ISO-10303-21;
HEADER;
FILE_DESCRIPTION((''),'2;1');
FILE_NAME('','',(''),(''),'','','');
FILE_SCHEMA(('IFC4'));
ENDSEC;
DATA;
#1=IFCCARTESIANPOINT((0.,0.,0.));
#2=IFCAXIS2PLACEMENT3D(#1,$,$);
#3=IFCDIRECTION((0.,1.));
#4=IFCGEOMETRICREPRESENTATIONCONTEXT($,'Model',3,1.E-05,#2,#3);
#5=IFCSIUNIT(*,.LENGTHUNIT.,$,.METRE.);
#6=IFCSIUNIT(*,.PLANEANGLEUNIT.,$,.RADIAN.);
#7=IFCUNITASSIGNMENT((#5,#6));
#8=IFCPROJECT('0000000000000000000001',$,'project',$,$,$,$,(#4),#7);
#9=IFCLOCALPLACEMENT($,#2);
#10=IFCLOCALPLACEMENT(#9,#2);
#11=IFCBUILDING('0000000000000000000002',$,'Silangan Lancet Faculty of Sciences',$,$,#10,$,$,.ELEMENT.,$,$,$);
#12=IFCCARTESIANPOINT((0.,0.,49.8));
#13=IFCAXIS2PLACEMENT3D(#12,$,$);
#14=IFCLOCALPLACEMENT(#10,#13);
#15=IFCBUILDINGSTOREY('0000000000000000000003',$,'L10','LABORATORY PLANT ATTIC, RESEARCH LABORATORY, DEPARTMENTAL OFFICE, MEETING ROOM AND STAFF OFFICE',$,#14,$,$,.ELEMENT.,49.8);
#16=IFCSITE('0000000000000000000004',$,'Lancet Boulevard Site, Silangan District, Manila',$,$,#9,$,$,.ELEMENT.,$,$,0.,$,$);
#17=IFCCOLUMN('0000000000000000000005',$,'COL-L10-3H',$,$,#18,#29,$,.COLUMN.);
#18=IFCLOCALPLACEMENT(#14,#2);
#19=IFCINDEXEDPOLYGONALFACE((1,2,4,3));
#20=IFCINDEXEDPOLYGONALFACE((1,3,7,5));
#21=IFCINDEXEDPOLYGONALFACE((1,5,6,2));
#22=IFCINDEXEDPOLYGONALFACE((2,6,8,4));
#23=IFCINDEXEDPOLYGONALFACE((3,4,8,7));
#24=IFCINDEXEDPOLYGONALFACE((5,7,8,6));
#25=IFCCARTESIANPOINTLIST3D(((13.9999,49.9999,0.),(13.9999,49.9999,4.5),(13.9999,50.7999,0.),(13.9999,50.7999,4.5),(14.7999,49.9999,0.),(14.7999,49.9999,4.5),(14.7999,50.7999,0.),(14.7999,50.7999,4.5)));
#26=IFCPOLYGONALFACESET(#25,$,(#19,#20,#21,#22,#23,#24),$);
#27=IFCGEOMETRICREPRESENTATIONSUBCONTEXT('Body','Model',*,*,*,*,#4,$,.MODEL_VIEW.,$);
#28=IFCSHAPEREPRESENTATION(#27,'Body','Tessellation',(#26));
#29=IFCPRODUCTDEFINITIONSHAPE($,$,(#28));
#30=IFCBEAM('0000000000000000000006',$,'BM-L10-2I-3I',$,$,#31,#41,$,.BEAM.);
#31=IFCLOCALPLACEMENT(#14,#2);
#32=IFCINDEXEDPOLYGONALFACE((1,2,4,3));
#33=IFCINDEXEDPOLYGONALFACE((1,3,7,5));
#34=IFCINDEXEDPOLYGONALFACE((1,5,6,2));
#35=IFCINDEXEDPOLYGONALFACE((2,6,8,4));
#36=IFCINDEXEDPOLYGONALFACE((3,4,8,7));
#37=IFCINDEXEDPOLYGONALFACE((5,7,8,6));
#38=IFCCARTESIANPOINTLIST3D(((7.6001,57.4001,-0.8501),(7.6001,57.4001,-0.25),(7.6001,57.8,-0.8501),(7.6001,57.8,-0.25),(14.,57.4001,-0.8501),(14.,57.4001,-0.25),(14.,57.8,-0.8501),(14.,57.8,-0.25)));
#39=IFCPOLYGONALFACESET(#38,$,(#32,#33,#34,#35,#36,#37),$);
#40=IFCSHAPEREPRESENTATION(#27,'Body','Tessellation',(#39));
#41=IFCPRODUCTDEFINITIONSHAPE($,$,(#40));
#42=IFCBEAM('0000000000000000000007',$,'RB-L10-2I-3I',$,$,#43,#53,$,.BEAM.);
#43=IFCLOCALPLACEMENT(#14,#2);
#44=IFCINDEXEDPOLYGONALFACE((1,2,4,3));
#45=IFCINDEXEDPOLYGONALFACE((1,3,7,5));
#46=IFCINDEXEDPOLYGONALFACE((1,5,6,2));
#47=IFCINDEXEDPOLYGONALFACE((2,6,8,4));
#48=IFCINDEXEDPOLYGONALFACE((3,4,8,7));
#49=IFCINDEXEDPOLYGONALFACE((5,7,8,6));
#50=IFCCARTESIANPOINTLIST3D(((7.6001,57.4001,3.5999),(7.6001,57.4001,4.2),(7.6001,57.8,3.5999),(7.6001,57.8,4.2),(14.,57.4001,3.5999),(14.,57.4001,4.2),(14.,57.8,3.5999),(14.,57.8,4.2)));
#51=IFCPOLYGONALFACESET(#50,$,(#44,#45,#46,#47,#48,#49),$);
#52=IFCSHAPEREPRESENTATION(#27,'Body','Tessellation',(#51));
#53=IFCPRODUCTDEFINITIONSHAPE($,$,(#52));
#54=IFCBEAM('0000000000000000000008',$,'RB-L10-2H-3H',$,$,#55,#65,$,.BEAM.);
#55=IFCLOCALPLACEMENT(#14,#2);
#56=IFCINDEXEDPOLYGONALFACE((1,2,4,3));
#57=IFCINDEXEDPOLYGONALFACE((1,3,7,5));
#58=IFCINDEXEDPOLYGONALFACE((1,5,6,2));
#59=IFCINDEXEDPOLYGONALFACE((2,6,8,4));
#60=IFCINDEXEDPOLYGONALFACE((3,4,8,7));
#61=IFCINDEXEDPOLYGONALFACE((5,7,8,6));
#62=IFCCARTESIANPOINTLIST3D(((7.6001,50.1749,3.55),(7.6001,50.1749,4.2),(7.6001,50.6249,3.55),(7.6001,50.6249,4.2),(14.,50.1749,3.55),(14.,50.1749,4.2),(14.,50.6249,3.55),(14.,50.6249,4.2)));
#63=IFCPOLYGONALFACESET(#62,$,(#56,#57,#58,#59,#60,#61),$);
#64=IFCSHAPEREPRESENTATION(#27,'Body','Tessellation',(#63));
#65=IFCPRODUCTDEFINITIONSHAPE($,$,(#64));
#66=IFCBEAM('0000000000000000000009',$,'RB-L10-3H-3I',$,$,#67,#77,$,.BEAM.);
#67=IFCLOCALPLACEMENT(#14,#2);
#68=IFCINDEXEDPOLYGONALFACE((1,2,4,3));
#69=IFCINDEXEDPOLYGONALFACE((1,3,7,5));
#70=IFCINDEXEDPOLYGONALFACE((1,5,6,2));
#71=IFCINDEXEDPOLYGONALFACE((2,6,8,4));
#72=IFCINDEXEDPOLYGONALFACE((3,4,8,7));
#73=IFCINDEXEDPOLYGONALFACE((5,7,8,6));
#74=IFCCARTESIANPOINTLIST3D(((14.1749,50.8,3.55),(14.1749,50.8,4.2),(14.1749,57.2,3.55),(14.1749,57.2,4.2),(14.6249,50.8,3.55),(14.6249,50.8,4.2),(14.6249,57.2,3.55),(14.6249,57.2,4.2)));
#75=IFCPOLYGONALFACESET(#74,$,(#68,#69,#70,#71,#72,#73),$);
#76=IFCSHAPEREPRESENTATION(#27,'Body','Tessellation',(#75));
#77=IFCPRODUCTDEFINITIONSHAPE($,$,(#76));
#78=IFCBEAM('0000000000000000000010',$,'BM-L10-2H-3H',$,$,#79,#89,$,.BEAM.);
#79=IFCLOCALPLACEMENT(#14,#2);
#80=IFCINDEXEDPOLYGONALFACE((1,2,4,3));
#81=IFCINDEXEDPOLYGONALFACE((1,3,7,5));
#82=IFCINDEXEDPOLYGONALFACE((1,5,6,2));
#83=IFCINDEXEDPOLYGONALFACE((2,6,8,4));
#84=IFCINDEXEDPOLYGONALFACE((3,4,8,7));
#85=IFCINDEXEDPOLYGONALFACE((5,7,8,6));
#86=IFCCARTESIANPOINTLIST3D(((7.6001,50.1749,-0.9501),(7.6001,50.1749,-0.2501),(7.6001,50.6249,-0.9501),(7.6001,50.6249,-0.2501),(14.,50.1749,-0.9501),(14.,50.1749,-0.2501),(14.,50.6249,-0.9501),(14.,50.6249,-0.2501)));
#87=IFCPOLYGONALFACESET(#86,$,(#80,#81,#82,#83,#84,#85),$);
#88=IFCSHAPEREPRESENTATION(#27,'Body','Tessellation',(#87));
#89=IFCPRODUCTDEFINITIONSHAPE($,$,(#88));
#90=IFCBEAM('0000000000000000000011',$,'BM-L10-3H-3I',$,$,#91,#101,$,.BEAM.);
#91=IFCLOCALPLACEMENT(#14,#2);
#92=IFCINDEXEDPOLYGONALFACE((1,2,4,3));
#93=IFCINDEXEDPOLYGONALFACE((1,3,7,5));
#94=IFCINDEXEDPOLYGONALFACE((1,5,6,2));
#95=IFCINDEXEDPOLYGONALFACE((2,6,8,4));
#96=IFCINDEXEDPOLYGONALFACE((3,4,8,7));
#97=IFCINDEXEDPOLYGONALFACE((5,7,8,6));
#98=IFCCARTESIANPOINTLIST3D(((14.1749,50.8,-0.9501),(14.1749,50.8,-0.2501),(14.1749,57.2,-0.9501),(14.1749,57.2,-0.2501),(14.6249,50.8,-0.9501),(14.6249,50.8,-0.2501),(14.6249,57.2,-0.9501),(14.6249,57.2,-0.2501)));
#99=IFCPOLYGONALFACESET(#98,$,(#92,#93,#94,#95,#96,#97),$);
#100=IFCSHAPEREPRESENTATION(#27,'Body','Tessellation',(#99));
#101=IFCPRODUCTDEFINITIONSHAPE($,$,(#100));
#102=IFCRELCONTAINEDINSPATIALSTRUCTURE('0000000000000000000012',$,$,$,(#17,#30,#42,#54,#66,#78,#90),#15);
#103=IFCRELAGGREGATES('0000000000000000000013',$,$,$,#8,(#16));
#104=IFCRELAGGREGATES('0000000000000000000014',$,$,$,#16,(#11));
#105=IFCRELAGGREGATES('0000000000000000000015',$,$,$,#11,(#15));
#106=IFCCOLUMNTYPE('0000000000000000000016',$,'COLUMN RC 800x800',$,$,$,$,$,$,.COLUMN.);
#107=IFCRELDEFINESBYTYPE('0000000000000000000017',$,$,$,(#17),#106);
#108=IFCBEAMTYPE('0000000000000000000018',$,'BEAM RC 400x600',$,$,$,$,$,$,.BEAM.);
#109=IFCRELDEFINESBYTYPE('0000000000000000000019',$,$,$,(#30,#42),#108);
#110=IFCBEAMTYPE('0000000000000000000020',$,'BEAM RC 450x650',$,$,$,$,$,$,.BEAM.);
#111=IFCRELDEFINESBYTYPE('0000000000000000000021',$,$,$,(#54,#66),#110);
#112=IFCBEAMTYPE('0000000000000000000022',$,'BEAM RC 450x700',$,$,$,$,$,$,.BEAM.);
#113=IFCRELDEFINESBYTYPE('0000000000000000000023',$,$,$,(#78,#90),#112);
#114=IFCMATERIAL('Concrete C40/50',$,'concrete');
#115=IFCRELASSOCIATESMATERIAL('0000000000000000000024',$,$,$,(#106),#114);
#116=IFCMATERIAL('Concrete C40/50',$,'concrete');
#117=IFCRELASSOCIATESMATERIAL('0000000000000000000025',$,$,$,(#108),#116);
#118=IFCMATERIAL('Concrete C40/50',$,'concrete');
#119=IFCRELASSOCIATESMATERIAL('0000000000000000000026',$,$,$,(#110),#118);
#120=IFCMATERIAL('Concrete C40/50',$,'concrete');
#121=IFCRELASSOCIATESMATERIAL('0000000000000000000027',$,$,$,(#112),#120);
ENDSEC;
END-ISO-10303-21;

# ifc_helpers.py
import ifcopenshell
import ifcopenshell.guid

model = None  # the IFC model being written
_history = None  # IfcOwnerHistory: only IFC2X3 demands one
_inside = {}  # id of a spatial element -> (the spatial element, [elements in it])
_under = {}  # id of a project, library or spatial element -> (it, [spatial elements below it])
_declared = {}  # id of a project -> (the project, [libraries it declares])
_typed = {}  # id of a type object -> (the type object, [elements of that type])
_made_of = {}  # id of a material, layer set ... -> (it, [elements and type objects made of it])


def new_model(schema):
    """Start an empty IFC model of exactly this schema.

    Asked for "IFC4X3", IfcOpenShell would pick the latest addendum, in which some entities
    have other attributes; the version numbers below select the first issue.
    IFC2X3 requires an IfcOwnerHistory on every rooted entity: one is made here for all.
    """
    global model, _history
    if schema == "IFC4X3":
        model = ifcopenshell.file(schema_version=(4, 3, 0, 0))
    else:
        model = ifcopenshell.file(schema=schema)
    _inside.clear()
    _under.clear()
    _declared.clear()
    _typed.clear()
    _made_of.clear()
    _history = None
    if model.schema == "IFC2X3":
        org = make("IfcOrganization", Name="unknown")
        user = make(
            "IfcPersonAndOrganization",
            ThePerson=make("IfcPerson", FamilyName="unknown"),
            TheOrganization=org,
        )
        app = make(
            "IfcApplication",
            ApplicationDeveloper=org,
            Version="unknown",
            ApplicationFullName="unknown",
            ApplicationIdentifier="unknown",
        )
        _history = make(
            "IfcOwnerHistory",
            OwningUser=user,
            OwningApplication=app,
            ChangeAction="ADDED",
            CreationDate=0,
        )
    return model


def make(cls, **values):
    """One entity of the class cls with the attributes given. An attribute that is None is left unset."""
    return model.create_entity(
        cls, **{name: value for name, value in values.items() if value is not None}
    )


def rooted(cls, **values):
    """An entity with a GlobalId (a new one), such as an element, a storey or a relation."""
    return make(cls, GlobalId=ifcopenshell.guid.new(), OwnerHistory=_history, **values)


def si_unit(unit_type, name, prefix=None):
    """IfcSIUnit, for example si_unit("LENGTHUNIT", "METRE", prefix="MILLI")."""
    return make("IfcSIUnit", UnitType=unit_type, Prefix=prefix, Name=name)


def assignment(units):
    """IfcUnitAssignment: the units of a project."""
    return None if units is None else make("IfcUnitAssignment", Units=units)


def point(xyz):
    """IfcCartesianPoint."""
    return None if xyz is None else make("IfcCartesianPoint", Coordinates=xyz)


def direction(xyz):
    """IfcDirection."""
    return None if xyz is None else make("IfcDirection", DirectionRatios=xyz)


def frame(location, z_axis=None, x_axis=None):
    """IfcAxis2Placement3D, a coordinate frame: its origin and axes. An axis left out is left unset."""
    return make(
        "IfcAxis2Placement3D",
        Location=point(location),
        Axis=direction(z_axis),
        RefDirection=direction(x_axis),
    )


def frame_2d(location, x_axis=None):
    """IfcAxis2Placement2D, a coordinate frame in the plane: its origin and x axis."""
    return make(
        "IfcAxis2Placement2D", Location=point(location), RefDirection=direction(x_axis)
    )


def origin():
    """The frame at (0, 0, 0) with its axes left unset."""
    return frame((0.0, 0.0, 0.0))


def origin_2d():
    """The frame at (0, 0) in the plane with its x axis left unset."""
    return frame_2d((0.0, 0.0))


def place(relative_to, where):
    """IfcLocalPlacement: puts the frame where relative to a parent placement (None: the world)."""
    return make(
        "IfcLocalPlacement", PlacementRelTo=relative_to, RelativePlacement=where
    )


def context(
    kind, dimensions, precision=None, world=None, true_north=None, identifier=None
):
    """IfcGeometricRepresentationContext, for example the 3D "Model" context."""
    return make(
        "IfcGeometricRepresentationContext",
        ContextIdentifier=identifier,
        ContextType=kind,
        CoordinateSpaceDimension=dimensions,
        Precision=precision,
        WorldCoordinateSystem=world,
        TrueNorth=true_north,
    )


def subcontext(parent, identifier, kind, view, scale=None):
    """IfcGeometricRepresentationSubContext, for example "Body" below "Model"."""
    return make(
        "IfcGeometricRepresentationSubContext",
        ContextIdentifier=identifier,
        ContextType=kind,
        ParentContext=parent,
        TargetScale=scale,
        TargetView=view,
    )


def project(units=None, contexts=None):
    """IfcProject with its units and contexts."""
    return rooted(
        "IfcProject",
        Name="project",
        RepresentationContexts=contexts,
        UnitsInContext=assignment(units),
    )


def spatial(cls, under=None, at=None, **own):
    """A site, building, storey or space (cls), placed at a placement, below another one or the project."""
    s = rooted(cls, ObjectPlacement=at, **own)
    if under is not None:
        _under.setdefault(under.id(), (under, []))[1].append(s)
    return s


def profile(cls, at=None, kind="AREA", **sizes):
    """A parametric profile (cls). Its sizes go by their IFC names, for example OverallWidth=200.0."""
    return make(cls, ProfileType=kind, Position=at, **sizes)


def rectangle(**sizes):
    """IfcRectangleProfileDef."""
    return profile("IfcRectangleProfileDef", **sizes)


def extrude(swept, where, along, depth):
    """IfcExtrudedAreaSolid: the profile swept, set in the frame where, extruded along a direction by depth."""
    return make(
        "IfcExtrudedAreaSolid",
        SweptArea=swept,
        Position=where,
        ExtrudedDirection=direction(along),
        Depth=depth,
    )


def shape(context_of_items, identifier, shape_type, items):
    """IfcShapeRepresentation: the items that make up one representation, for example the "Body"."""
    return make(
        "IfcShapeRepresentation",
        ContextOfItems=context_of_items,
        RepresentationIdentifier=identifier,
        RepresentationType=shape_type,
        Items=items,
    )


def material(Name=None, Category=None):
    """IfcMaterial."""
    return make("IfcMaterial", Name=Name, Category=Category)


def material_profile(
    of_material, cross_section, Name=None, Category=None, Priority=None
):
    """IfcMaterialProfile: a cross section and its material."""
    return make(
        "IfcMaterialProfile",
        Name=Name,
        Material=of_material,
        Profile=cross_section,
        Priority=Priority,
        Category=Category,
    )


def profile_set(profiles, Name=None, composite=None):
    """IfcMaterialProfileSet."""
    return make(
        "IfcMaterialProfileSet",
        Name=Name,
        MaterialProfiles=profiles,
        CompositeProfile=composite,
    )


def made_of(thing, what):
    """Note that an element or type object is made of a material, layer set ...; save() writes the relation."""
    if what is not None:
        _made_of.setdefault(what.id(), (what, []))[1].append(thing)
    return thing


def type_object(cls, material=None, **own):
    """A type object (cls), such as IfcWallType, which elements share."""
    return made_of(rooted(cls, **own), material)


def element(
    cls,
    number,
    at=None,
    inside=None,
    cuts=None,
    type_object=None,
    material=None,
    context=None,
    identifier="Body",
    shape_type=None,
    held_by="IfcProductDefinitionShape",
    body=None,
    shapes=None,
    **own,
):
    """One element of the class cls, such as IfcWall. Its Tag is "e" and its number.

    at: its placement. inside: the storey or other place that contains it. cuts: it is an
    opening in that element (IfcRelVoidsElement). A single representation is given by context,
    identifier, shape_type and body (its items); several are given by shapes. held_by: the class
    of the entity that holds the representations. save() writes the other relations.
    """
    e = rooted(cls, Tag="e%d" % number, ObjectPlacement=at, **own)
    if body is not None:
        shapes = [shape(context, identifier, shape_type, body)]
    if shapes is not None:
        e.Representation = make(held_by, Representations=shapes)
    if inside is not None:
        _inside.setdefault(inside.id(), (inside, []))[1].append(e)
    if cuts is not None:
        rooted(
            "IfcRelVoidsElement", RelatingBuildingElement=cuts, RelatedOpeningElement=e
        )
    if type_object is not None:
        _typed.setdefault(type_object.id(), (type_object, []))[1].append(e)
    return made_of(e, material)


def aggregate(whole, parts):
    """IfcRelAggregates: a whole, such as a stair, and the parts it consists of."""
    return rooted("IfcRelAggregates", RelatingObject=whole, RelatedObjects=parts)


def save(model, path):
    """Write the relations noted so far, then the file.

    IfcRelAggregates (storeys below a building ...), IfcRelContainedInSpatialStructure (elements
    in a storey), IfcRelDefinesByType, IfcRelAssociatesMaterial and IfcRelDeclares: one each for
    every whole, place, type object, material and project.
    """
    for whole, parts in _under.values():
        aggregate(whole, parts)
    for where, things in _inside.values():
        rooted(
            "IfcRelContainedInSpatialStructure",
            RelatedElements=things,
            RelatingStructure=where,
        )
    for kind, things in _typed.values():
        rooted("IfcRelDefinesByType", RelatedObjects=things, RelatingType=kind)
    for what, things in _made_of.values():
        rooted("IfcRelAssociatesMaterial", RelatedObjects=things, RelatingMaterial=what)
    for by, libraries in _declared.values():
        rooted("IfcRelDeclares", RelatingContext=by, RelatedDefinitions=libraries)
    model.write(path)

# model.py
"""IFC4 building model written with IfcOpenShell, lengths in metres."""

from ifc_helpers import new_model, si_unit, direction, frame, origin, origin_2d, place, context, subcontext, project, spatial, rectangle, extrude, material, material_profile, profile_set, type_object, element, save


model = new_model("IFC4")

# Units and contexts
model_context = context("Model", 3, precision=1e-05, world=origin(), true_north=direction((0.0, 1.0)))
body_context = subcontext(model_context, "Body", "Model", "MODEL_VIEW")
ifc_project = project(units=[si_unit("LENGTHUNIT", "METRE"), si_unit("PLANEANGLEUNIT", "RADIAN")], contexts=[model_context])

# Site, building, storey
site_placement = place(None, origin())
site = spatial("IfcSite", under=ifc_project, at=site_placement, Name="Lancet Boulevard Site, Silangan District, Manila", CompositionType="ELEMENT", RefElevation=0.0)
building_placement = place(site_placement, origin())
building = spatial("IfcBuilding", under=site, at=building_placement, Name="Silangan Lancet Faculty of Sciences", CompositionType="ELEMENT")
storey_placement = place(building_placement, frame((0.0, 0.0, 49.8)))
storey = spatial("IfcBuildingStorey", under=building, at=storey_placement, Name="L10", Description="LABORATORY PLANT ATTIC, RESEARCH LABORATORY, DEPARTMENTAL OFFICE, MEETING ROOM AND STAFF OFFICE", CompositionType="ELEMENT", Elevation=49.8)

# Column
ifc_material_1 = material(Name="Concrete C40/50", Category="concrete")
ifc_material_profile_1 = material_profile(ifc_material_1, rectangle(XDim=0.8, YDim=0.8, at=origin_2d()), Name="RC 800x800")
ifc_profile_set_1 = profile_set([ifc_material_profile_1], Name="Concrete C40/50")
column_type = type_object("IfcColumnType", Name="COLUMN RC 800x800", PredefinedType="COLUMN", material=ifc_profile_set_1)
column_placement = place(storey_placement, frame((14.3999, 50.3999, 0.0), z_axis=(0.0, 0.0, 1.0), x_axis=(1.0, 0.0, 0.0)))
element("IfcColumn", 1, at=column_placement, inside=storey, type_object=column_type, Name="COL-L10-3H", PredefinedType="COLUMN", context=body_context, shape_type="SweptSolid", body=[
    extrude(rectangle(XDim=0.8, YDim=0.8, at=origin_2d()), origin(), (0.0, 0.0, 1.0), 4.5),
])

# Beams
ifc_material_2 = material(Name="Concrete C40/50", Category="concrete")
ifc_material_profile_2 = material_profile(ifc_material_2, rectangle(XDim=0.3999, YDim=0.6001, at=origin_2d()), Name="RC 400x600")
ifc_profile_set_2 = profile_set([ifc_material_profile_2], Name="Concrete C40/50")
beam_type_1 = type_object("IfcBeamType", Name="BEAM RC 400x600", PredefinedType="BEAM", material=ifc_profile_set_2)
for number, where, z_axis, x_axis, name in (
    (2, (7.6001, 57.6001, -0.55), (1.0, 0.0, 0.0), (0.0, 1.0, 0.0), "BM-L10-2I-3I"),
    (3, (7.6001, 57.6001, 3.8999), (1.0, 0.0, 0.0), (0.0, 1.0, 0.0), "RB-L10-2I-3I"),
):
    element("IfcBeam", number, at=place(storey_placement, frame(where, z_axis=z_axis, x_axis=x_axis)), inside=storey, type_object=beam_type_1, Name=name, PredefinedType="BEAM", context=body_context, shape_type="SweptSolid", body=[
        extrude(rectangle(XDim=0.3999, YDim=0.6001, at=origin_2d()), origin(), (0.0, 0.0, 1.0), 6.3999),
    ])
ifc_material_3 = material(Name="Concrete C40/50", Category="concrete")
ifc_material_profile_3 = material_profile(ifc_material_3, rectangle(XDim=0.45, YDim=0.6499, at=origin_2d()), Name="RC 450x650")
ifc_profile_set_3 = profile_set([ifc_material_profile_3], Name="Concrete C40/50")
beam_type_2 = type_object("IfcBeamType", Name="BEAM RC 450x650", PredefinedType="BEAM", material=ifc_profile_set_3)
for number, where, z_axis, x_axis, name in (
    (4, (7.6001, 50.3999, 3.875), (1.0, 0.0, 0.0), (0.0, 1.0, 0.0), "RB-L10-2H-3H"),
    (5, (14.3999, 50.8, 3.875), (0.0, 1.0, 0.0), (-1.0, 0.0, 0.0), "RB-L10-3H-3I"),
):
    element("IfcBeam", number, at=place(storey_placement, frame(where, z_axis=z_axis, x_axis=x_axis)), inside=storey, type_object=beam_type_2, Name=name, PredefinedType="BEAM", context=body_context, shape_type="SweptSolid", body=[
        extrude(rectangle(XDim=0.45, YDim=0.6499, at=origin_2d()), origin(), (0.0, 0.0, 1.0), 6.3999),
    ])
ifc_material_4 = material(Name="Concrete C40/50", Category="concrete")
ifc_material_profile_4 = material_profile(ifc_material_4, rectangle(XDim=0.45, YDim=0.7, at=origin_2d()), Name="RC 450x700")
ifc_profile_set_4 = profile_set([ifc_material_profile_4], Name="Concrete C40/50")
beam_type_3 = type_object("IfcBeamType", Name="BEAM RC 450x700", PredefinedType="BEAM", material=ifc_profile_set_4)
for number, where, z_axis, x_axis, name in (
    (6, (7.6001, 50.3999, -0.6001), (1.0, 0.0, 0.0), (0.0, 1.0, 0.0), "BM-L10-2H-3H"),
    (7, (14.3999, 50.8, -0.6001), (0.0, 1.0, 0.0), (-1.0, 0.0, 0.0), "BM-L10-3H-3I"),
):
    element("IfcBeam", number, at=place(storey_placement, frame(where, z_axis=z_axis, x_axis=x_axis)), inside=storey, type_object=beam_type_3, Name=name, PredefinedType="BEAM", context=body_context, shape_type="SweptSolid", body=[
        extrude(rectangle(XDim=0.45, YDim=0.7, at=origin_2d()), origin(), (0.0, 0.0, 1.0), 6.3999),
    ])

save(model, "model.ifc")
